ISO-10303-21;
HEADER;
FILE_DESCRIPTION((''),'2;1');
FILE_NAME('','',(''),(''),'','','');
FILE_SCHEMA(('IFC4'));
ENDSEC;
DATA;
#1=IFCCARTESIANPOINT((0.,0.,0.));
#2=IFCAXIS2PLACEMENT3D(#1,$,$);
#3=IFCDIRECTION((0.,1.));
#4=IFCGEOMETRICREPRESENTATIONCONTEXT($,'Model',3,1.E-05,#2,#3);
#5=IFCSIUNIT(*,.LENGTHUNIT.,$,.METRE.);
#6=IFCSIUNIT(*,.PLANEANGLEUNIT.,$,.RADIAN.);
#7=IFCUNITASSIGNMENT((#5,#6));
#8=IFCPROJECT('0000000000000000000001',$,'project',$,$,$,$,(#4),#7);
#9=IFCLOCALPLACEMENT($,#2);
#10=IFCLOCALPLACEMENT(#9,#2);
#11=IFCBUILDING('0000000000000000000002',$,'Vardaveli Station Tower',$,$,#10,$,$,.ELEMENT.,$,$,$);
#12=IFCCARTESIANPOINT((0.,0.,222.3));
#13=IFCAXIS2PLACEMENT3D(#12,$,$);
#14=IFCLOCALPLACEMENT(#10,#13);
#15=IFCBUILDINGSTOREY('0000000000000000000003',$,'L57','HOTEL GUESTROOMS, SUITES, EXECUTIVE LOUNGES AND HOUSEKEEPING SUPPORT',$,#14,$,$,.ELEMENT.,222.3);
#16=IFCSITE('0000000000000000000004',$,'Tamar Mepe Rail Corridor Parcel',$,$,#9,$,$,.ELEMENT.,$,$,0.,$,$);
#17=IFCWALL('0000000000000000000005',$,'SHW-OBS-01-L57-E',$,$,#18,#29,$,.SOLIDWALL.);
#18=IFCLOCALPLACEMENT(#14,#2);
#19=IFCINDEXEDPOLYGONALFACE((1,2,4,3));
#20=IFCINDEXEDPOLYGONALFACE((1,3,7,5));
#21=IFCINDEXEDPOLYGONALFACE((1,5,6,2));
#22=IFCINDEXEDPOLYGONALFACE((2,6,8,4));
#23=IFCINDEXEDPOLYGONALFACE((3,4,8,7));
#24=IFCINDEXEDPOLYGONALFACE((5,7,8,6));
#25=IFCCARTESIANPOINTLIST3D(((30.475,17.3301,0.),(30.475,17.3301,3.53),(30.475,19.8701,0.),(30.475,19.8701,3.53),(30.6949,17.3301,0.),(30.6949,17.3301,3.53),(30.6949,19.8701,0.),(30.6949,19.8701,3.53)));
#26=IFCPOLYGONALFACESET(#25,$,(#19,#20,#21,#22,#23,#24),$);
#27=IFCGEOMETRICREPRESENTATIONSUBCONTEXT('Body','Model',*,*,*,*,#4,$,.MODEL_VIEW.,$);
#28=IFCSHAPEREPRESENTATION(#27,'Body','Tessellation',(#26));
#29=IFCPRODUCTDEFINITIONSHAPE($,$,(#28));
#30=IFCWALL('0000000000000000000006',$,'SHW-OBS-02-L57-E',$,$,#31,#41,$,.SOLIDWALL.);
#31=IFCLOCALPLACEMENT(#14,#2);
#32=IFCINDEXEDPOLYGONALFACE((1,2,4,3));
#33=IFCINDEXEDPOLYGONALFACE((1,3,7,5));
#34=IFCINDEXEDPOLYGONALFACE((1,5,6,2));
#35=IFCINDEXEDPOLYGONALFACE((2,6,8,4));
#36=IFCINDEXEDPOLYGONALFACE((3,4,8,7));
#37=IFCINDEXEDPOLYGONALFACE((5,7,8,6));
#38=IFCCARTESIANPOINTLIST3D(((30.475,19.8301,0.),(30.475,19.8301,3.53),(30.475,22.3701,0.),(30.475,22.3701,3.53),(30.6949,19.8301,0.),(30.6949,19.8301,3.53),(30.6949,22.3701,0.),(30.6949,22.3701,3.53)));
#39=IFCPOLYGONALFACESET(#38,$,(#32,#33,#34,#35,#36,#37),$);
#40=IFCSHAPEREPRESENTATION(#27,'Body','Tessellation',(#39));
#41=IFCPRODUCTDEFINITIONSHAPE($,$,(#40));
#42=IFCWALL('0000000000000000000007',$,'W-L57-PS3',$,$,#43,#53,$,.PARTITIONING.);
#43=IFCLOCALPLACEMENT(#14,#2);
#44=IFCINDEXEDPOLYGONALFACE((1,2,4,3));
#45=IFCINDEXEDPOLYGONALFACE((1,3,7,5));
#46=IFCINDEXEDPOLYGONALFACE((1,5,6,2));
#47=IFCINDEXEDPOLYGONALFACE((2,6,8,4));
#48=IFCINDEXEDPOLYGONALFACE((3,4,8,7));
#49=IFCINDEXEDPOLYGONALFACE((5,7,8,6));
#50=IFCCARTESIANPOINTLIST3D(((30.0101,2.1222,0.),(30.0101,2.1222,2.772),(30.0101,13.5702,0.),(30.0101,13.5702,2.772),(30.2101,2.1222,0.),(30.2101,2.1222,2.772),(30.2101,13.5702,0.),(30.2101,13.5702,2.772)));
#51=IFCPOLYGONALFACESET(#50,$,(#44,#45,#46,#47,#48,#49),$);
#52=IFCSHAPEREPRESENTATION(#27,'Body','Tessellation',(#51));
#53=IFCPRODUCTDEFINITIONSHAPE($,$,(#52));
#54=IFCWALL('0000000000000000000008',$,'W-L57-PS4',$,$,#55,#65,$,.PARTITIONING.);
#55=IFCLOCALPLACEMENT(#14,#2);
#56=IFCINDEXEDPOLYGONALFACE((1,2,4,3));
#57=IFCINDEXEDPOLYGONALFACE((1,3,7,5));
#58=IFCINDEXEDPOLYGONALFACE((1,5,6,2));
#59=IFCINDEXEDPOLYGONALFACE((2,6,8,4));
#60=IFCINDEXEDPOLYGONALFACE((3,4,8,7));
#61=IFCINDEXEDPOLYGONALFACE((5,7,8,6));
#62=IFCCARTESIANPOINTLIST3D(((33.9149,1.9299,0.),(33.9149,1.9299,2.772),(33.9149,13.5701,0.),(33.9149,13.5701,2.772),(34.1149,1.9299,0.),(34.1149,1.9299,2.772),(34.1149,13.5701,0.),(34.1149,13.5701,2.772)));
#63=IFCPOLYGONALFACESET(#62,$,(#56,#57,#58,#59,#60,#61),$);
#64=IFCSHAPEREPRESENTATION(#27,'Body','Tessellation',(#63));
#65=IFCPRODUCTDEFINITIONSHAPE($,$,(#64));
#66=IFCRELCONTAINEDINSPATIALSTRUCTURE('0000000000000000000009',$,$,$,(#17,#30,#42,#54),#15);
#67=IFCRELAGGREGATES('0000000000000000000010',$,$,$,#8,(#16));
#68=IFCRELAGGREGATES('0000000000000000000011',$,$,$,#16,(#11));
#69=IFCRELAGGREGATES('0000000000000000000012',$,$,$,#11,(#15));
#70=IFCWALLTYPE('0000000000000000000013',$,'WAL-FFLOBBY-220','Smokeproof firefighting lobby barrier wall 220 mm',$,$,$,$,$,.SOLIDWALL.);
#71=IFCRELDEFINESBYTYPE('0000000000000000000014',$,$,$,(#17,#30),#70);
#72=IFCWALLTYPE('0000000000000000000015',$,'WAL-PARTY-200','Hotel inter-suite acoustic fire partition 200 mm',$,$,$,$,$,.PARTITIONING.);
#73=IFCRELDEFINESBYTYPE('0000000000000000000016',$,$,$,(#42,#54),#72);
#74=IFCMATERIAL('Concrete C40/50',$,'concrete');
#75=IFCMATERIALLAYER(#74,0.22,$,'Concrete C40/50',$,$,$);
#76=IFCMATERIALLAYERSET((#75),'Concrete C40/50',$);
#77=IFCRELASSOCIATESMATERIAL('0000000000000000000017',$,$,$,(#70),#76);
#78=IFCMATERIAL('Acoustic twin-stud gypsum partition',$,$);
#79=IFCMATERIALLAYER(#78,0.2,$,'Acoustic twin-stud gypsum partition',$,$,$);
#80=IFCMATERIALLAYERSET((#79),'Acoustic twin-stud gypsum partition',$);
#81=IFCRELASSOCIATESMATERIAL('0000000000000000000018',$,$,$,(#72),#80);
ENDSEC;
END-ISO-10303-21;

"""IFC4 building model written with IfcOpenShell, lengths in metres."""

from ifc_helpers import new_model, si_unit, direction, frame, frame_2d, origin, place, context, subcontext, project, spatial, rectangle, extrude, source, transform, mapped, material, layer, layer_set, type_object, element, save


model = new_model("IFC4")

# Units and contexts
model_context = context("Model", 3, precision=1e-05, world=origin(), true_north=direction((0.0, 1.0)))
body_context = subcontext(model_context, "Body", "Model", "MODEL_VIEW")
ifc_project = project(units=[si_unit("LENGTHUNIT", "METRE"), si_unit("PLANEANGLEUNIT", "RADIAN")], contexts=[model_context])

# Site, building, storey
site_placement = place(None, origin())
site = spatial("IfcSite", under=ifc_project, at=site_placement, Name="Tamar Mepe Rail Corridor Parcel", CompositionType="ELEMENT", RefElevation=0.0)
building_placement = place(site_placement, origin())
building = spatial("IfcBuilding", under=site, at=building_placement, Name="Vardaveli Station Tower", CompositionType="ELEMENT")
storey_placement = place(building_placement, frame((0.0, 0.0, 222.3)))
storey = spatial("IfcBuildingStorey", under=building, at=storey_placement, Name="L57", Description="HOTEL GUESTROOMS, SUITES, EXECUTIVE LOUNGES AND HOUSEKEEPING SUPPORT", CompositionType="ELEMENT", Elevation=222.3)

# Walls
ifc_material_1 = material(Name="Concrete C40/50", Category="concrete")
ifc_layer_1 = layer(ifc_material_1, 0.22, Name="Concrete C40/50")
ifc_layer_set_1 = layer_set([ifc_layer_1], Name="Concrete C40/50")
wall_type_1 = type_object("IfcWallType", Name="WAL-FFLOBBY-220", Description="Smokeproof firefighting lobby barrier wall 220 mm", PredefinedType="SOLIDWALL", material=ifc_layer_set_1)
shared_shape_1 = source(origin(), body_context, "Body", "SweptSolid", [
    extrude(rectangle(XDim=2.54, YDim=0.22, at=frame_2d((1.27, 0.0))), origin(), (0.0, 0.0, 1.0), 3.53),
])
for number, where, z_axis, x_axis, name in (
    (1, (30.585, 17.3301, 0.0), (0.0, 0.0, 1.0), (0.0, 1.0, 0.0), "SHW-OBS-01-L57-E"),
    (2, (30.585, 19.8301, 0.0), (0.0, 0.0, 1.0), (0.0, 1.0, 0.0), "SHW-OBS-02-L57-E"),
):
    element("IfcWall", number, at=place(storey_placement, frame(where, z_axis=z_axis, x_axis=x_axis)), inside=storey, type_object=wall_type_1, Name=name, PredefinedType="SOLIDWALL", context=body_context, shape_type="MappedRepresentation", body=[
        mapped(shared_shape_1, transform((0.0, 0.0, 0.0), scale=1.0)),
    ])
ifc_material_2 = material(Name="Acoustic twin-stud gypsum partition")
ifc_layer_2 = layer(ifc_material_2, 0.2, Name="Acoustic twin-stud gypsum partition")
ifc_layer_set_2 = layer_set([ifc_layer_2], Name="Acoustic twin-stud gypsum partition")
wall_type_2 = type_object("IfcWallType", Name="WAL-PARTY-200", Description="Hotel inter-suite acoustic fire partition 200 mm", PredefinedType="PARTITIONING", material=ifc_layer_set_2)
shared_shape_2 = source(origin(), body_context, "Body", "SweptSolid", [
    extrude(rectangle(XDim=11.448, YDim=0.2, at=frame_2d((5.7241, 0.0))), origin(), (0.0, 0.0, 1.0), 2.772),
])
wall_1_placement = place(storey_placement, frame((30.1101, 2.1221, 0.0), z_axis=(0.0, 0.0, 1.0), x_axis=(0.0, 1.0, 0.0)))
element("IfcWall", 3, at=wall_1_placement, inside=storey, type_object=wall_type_2, Name="W-L57-PS3", PredefinedType="PARTITIONING", context=body_context, shape_type="MappedRepresentation", body=[
    mapped(shared_shape_2, transform((0.0, 0.0, 0.0), scale=1.0)),
])
shared_shape_3 = source(origin(), body_context, "Body", "SweptSolid", [
    extrude(rectangle(XDim=11.6401, YDim=0.2, at=frame_2d((5.8201, 0.0))), origin(), (0.0, 0.0, 1.0), 2.772),
])
wall_2_placement = place(storey_placement, frame((34.0149, 1.9299, 0.0), z_axis=(0.0, 0.0, 1.0), x_axis=(0.0, 1.0, 0.0)))
element("IfcWall", 4, at=wall_2_placement, inside=storey, type_object=wall_type_2, Name="W-L57-PS4", PredefinedType="PARTITIONING", context=body_context, shape_type="MappedRepresentation", body=[
    mapped(shared_shape_3, transform((0.0, 0.0, 0.0), scale=1.0)),
])

save(model, "model.ifc")
